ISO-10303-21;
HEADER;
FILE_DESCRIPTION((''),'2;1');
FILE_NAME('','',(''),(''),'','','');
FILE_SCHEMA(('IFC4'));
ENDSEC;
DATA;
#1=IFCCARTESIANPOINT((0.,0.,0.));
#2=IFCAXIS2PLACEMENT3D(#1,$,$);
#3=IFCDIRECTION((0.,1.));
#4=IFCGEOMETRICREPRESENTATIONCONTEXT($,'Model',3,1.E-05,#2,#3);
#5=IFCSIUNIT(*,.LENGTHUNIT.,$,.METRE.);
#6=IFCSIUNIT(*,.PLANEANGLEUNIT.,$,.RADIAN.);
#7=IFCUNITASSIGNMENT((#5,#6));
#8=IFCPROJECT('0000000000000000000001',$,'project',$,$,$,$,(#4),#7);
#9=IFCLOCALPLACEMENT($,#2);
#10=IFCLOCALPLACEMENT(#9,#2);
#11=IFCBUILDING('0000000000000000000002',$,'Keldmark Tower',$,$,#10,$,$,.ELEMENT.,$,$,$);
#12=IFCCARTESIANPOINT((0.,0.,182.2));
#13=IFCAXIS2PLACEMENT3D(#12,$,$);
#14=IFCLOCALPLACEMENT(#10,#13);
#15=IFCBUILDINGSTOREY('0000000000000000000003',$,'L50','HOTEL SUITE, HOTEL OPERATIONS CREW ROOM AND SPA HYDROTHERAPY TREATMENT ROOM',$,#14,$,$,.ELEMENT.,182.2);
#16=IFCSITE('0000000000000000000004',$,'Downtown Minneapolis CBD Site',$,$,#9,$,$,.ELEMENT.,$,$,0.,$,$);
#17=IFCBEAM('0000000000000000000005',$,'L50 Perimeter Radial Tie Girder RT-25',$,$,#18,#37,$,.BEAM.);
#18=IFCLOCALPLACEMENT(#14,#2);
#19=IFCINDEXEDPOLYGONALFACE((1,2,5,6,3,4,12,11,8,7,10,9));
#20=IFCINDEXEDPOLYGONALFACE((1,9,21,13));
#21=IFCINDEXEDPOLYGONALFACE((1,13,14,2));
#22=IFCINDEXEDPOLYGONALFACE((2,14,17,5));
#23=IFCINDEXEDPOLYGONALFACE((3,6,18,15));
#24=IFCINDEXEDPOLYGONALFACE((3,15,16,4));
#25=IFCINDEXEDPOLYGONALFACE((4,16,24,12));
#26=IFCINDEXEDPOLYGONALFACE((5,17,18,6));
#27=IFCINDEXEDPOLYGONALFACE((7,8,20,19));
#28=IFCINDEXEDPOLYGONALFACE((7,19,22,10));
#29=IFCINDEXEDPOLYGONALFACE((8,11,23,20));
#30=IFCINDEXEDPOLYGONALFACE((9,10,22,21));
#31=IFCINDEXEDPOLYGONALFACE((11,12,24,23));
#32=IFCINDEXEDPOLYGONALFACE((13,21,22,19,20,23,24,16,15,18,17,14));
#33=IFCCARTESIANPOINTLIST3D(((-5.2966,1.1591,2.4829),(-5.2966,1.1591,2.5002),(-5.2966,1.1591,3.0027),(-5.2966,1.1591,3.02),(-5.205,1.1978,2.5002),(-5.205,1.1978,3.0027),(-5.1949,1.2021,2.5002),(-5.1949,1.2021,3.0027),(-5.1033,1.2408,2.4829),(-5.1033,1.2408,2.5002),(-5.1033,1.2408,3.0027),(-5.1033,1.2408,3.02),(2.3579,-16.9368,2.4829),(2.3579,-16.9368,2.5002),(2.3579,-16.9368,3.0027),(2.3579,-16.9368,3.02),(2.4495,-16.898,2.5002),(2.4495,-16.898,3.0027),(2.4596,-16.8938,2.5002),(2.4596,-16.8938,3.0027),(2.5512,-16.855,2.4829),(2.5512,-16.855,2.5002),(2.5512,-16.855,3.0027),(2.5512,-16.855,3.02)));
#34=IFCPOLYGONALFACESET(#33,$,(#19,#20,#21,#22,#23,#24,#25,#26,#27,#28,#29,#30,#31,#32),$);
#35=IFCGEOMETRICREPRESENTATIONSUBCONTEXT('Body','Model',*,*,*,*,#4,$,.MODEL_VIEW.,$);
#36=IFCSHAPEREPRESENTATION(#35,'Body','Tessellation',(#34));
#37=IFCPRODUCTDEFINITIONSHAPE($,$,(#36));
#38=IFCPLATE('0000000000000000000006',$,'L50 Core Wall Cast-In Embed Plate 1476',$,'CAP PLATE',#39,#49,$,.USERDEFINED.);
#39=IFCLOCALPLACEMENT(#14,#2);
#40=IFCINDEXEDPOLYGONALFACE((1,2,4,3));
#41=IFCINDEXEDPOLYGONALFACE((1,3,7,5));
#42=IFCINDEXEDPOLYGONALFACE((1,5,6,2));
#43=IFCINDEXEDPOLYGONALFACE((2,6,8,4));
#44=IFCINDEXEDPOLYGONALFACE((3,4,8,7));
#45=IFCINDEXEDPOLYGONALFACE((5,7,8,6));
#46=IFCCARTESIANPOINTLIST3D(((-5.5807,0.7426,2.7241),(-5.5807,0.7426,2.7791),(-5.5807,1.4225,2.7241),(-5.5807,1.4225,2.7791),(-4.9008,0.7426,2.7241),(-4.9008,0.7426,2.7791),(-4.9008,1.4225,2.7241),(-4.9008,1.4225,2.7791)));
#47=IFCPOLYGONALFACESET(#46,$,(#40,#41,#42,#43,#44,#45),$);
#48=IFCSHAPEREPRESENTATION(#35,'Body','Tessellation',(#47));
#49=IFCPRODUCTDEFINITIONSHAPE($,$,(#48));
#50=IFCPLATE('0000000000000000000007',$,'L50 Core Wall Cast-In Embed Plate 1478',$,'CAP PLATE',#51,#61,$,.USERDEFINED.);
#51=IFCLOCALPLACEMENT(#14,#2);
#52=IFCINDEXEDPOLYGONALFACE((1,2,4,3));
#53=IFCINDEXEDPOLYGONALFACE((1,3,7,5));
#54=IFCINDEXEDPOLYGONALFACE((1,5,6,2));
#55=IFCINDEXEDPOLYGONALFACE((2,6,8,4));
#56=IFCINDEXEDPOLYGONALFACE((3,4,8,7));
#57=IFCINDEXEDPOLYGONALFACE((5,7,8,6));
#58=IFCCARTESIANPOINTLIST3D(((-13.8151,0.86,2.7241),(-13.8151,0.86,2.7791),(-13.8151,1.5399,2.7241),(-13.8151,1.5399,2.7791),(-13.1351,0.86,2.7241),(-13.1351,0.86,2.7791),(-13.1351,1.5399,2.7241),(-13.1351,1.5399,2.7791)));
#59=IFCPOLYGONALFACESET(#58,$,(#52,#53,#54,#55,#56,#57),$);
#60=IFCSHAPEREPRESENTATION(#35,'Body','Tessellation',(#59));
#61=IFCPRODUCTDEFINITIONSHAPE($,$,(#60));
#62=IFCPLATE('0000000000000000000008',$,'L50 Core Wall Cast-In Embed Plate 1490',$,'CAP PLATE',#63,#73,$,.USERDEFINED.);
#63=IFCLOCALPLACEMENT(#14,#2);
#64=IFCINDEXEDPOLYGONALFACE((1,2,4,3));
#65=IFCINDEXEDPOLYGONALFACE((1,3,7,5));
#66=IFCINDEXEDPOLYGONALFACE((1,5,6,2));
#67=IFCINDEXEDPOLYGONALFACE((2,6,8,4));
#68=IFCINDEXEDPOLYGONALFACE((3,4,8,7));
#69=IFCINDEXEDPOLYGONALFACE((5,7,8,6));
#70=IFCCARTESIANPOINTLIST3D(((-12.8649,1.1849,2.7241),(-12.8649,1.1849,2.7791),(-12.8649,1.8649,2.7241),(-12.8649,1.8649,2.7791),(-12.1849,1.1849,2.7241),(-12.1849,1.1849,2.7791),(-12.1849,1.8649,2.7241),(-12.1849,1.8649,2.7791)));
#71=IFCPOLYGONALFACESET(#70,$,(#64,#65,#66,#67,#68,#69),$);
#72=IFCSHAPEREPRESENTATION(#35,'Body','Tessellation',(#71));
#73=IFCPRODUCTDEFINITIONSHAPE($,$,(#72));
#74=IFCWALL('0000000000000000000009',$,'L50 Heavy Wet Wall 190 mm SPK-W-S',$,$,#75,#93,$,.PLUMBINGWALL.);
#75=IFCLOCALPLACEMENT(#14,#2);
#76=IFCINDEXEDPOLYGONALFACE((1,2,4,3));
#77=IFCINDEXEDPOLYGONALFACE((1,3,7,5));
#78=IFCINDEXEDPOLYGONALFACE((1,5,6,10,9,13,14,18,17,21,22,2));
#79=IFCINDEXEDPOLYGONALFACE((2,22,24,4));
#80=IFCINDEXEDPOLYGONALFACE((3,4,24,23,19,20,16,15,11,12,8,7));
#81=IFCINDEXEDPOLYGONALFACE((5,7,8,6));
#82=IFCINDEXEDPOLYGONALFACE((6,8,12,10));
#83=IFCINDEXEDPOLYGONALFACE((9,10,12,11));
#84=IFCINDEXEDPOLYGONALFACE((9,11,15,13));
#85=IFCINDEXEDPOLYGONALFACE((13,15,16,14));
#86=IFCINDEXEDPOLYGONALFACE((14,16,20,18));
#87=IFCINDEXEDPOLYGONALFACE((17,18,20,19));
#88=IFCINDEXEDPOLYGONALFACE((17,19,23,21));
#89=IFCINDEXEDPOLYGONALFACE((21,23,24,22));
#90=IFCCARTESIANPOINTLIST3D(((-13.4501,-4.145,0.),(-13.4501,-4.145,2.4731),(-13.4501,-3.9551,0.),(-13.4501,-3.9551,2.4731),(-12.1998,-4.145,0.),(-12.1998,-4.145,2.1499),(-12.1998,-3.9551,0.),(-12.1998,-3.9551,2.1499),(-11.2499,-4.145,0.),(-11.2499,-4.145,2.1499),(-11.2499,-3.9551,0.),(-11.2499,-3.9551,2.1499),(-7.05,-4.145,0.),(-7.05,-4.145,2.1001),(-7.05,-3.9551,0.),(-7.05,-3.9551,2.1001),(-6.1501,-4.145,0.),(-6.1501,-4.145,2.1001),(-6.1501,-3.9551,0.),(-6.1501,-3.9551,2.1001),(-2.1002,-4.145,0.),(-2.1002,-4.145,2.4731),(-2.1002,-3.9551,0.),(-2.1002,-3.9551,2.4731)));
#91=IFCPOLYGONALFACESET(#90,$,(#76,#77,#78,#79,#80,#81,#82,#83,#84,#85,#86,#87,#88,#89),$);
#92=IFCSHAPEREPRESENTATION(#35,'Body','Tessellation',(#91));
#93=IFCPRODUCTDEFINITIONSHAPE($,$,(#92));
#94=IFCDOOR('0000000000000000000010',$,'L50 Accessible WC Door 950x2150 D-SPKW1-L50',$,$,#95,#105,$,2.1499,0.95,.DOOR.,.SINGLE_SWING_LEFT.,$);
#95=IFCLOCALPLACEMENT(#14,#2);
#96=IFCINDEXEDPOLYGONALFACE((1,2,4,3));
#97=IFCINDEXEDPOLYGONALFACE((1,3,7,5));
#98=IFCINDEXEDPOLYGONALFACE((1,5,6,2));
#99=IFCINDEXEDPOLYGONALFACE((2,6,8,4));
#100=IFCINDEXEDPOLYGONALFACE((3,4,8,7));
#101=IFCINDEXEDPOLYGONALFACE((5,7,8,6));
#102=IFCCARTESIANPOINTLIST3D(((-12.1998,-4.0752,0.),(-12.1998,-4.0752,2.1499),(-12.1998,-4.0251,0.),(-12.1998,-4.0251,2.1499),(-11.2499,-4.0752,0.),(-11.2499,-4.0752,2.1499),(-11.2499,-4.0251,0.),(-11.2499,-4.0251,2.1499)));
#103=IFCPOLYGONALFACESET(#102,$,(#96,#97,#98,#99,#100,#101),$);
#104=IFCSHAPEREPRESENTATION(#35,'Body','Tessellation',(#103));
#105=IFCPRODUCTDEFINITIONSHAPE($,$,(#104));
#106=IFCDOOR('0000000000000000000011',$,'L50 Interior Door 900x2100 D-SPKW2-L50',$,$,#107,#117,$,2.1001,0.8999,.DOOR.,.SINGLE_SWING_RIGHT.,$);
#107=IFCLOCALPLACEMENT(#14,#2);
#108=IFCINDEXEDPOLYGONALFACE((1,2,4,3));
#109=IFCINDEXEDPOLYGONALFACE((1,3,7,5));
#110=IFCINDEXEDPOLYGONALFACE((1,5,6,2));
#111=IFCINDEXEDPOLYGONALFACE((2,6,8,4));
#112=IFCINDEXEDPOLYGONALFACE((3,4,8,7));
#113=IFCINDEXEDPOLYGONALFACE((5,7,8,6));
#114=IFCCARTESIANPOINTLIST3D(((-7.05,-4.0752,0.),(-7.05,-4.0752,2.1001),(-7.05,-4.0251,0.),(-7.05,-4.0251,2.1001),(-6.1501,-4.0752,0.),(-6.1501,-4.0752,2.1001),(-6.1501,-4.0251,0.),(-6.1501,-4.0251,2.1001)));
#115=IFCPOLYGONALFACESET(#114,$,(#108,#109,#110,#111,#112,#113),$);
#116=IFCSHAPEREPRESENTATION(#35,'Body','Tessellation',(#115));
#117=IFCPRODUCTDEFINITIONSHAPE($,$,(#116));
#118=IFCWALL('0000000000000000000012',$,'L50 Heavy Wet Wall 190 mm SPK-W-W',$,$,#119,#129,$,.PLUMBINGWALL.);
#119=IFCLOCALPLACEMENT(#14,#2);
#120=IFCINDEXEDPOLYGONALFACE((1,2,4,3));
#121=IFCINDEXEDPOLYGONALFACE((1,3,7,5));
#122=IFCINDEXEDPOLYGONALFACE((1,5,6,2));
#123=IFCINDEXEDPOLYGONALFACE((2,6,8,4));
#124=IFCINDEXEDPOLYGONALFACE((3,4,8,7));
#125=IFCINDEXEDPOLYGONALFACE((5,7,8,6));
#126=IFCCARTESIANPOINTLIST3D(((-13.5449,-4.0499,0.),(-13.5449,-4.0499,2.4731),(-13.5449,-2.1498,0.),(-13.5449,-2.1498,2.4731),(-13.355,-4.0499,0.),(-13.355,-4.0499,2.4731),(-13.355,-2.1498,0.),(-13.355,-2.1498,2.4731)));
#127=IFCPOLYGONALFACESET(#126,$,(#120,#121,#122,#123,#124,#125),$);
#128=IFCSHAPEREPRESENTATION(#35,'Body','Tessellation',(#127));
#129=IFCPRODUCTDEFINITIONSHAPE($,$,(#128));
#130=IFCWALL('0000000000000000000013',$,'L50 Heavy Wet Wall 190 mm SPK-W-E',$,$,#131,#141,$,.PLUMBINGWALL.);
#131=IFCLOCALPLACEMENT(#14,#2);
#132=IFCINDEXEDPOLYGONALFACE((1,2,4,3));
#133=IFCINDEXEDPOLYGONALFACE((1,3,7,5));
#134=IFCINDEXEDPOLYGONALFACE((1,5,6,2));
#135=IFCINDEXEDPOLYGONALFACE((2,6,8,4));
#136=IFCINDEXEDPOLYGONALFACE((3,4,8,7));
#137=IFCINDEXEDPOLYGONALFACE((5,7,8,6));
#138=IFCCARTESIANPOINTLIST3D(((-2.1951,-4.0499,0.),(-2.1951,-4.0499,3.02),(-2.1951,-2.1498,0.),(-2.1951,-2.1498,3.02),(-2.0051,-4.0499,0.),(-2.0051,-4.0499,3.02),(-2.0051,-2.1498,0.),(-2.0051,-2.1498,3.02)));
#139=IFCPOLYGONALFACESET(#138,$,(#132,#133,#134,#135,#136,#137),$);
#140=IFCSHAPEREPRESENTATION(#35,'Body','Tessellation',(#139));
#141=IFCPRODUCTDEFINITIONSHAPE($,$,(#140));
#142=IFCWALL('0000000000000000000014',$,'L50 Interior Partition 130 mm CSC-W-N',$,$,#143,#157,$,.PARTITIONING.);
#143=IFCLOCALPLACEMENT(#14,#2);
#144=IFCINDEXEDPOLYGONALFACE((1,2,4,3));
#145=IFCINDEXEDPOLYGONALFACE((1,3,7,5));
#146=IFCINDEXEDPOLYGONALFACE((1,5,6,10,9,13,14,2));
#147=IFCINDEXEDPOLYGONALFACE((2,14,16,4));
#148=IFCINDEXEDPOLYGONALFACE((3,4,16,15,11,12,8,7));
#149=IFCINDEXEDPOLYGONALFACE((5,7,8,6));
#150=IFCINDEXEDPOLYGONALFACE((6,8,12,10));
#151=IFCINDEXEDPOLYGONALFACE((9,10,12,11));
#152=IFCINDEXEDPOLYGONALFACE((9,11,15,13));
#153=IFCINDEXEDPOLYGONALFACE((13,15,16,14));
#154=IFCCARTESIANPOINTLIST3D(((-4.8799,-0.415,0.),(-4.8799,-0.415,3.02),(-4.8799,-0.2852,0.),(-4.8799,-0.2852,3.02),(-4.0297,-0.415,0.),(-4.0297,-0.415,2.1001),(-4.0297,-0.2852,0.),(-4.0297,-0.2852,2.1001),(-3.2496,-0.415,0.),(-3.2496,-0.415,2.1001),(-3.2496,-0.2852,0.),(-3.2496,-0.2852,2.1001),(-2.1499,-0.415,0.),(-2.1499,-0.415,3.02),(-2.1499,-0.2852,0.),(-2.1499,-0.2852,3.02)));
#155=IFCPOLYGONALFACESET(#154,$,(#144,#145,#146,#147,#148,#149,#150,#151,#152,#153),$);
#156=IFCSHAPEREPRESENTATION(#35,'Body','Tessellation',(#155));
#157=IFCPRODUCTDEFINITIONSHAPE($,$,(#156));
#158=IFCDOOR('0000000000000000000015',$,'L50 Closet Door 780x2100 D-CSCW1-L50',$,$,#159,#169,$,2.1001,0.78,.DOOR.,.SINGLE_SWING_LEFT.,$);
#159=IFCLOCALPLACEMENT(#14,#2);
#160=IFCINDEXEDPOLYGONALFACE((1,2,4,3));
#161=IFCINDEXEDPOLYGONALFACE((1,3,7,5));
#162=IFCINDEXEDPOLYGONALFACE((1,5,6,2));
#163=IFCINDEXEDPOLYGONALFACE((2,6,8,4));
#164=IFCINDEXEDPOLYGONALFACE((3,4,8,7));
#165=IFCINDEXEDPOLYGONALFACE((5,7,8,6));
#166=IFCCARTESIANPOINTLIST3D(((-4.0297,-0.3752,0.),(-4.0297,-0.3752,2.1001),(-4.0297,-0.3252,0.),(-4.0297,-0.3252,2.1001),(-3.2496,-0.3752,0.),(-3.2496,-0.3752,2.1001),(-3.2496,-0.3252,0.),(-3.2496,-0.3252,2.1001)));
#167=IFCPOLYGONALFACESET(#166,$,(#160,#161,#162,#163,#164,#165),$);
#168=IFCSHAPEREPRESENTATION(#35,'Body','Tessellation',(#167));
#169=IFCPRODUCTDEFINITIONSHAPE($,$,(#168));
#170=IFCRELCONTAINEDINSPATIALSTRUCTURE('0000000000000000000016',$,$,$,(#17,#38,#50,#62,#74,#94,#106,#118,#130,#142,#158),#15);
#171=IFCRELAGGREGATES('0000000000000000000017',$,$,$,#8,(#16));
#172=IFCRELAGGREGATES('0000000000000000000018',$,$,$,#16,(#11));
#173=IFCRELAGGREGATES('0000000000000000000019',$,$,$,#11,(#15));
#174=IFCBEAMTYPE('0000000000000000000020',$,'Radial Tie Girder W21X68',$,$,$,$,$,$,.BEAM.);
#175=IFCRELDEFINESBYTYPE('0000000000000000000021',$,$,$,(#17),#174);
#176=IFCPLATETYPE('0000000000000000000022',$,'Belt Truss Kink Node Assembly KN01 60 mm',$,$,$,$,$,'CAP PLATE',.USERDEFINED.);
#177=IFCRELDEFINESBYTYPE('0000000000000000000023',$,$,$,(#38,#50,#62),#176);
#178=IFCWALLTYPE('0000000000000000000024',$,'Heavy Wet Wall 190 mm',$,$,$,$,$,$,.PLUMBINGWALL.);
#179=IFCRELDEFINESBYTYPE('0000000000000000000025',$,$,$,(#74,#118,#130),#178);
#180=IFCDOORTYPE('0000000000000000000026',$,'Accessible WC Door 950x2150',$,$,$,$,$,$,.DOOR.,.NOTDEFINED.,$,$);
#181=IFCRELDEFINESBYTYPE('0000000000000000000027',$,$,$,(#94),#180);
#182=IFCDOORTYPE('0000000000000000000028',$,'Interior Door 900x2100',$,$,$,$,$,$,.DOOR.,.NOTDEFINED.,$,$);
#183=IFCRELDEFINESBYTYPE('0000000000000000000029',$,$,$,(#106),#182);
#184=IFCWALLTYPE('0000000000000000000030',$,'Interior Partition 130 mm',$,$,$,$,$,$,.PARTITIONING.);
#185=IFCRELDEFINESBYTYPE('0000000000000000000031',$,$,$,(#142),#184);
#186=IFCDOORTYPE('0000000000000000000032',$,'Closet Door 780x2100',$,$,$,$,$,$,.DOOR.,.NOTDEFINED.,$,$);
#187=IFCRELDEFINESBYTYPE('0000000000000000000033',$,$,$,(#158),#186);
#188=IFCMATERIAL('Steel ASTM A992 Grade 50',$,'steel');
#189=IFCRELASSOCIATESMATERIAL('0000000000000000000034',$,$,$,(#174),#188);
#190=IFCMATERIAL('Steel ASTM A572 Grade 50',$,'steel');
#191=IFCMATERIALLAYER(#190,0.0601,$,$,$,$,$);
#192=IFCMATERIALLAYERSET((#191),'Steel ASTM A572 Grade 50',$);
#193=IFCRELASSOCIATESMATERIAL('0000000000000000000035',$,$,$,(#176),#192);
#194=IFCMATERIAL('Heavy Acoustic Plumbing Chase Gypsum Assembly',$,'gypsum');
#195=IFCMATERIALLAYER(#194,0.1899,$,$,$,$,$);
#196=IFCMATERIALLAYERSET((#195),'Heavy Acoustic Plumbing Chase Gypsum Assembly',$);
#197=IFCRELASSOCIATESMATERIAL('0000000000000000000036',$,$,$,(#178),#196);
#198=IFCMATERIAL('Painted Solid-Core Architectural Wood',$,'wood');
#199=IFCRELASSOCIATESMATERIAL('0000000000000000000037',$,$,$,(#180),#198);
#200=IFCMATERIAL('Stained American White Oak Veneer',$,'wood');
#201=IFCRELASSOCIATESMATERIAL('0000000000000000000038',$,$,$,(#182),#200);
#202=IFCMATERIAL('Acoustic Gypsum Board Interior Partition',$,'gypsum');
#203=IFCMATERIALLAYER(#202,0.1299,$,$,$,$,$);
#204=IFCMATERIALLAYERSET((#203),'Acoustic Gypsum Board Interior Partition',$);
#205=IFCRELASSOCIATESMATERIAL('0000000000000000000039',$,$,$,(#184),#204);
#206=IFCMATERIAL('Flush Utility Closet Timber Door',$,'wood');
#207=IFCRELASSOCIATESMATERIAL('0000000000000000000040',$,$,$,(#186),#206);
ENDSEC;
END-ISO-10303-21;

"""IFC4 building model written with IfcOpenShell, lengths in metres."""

from ifc_helpers import new_model, si_unit, direction, frame, frame_2d, origin, origin_2d, place, context, subcontext, project, spatial, rectangle, i_section, extrude, material, layer, layer_set, material_profile, profile_set, type_object, element, fill, save


model = new_model("IFC4")

# Units and contexts
model_context = context("Model", 3, precision=1e-05, world=origin(), true_north=direction((0.0, 1.0)))
body_context = subcontext(model_context, "Body", "Model", "MODEL_VIEW")
ifc_project = project(units=[si_unit("LENGTHUNIT", "METRE"), si_unit("PLANEANGLEUNIT", "RADIAN")], contexts=[model_context])

# Site, building, storey
site_placement = place(None, origin())
site = spatial("IfcSite", under=ifc_project, at=site_placement, Name="Downtown Minneapolis CBD Site", CompositionType="ELEMENT", RefElevation=0.0)
building_placement = place(site_placement, origin())
building = spatial("IfcBuilding", under=site, at=building_placement, Name="Keldmark Tower", CompositionType="ELEMENT")
storey_placement = place(building_placement, frame((0.0, 0.0, 182.2)))
storey = spatial("IfcBuildingStorey", under=building, at=storey_placement, Name="L50", Description="HOTEL SUITE, HOTEL OPERATIONS CREW ROOM AND SPA HYDROTHERAPY TREATMENT ROOM", CompositionType="ELEMENT", Elevation=182.2)

# Beam
ifc_material_1 = material(Name="Steel ASTM A992 Grade 50", Category="steel")
ifc_material_profile_1 = material_profile(ifc_material_1, i_section(OverallWidth=0.21, OverallDepth=0.5371, WebThickness=0.011, FlangeThickness=0.0173, at=origin_2d()), Name="W21X68")
ifc_profile_set_1 = profile_set([ifc_material_profile_1], Name="Steel ASTM A992 Grade 50")
beam_type_1 = type_object("IfcBeamType", Name="Radial Tie Girder W21X68", PredefinedType="BEAM", material=ifc_profile_set_1)
beam_1_placement = place(storey_placement, frame((-5.2, 1.2, 2.7515), z_axis=(0.389578, -0.920993, 0.0), x_axis=(0.920993, 0.389578, 0.0)))
element("IfcBeam", 1, at=beam_1_placement, inside=storey, type_object=beam_type_1, Name="L50 Perimeter Radial Tie Girder RT-25", PredefinedType="BEAM", context=body_context, shape_type="SweptSolid", body=[
    extrude(i_section(OverallWidth=0.21, OverallDepth=0.5371, WebThickness=0.011, FlangeThickness=0.0173, at=origin_2d()), origin(), (0.0, 0.0, 1.0), 19.6482),
])

# Plates
ifc_material_2 = material(Name="Steel ASTM A572 Grade 50", Category="steel")
ifc_layer_1 = layer(ifc_material_2, 0.0601)
ifc_layer_set_1 = layer_set([ifc_layer_1], Name="Steel ASTM A572 Grade 50")
plate_type = type_object("IfcPlateType", Name="Belt Truss Kink Node Assembly KN01 60 mm", ElementType="CAP PLATE", PredefinedType="USERDEFINED", material=ifc_layer_set_1)
for number, where, z_axis, x_axis, name in (
    (2, (-5.2407, 1.0825, 2.7241), (0.0, 0.0, 1.0), (1.0, 0.0, 0.0), "L50 Core Wall Cast-In Embed Plate 1476"),
    (3, (-13.4751, 1.2, 2.7241), (0.0, 0.0, 1.0), (1.0, 0.0, 0.0), "L50 Core Wall Cast-In Embed Plate 1478"),
    (4, (-12.5249, 1.5249, 2.7241), (0.0, 0.0, 1.0), (1.0, 0.0, 0.0), "L50 Core Wall Cast-In Embed Plate 1490"),
):
    element("IfcPlate", number, at=place(storey_placement, frame(where, z_axis=z_axis, x_axis=x_axis)), inside=storey, type_object=plate_type, Name=name, ObjectType="CAP PLATE", PredefinedType="USERDEFINED", context=body_context, shape_type="SweptSolid", body=[
        extrude(rectangle(XDim=0.6799, YDim=0.6799, at=origin_2d()), origin(), (0.0, 0.0, 1.0), 0.0549),
    ])

# Wall, openings, doors
ifc_material_3 = material(Name="Heavy Acoustic Plumbing Chase Gypsum Assembly", Category="gypsum")
ifc_layer_2 = layer(ifc_material_3, 0.1899)
ifc_layer_set_2 = layer_set([ifc_layer_2], Name="Heavy Acoustic Plumbing Chase Gypsum Assembly")
wall_type_1 = type_object("IfcWallType", Name="Heavy Wet Wall 190 mm", PredefinedType="PLUMBINGWALL", material=ifc_layer_set_2)
wall_1_placement = place(storey_placement, frame((-13.45, -4.05, 0.0), z_axis=(0.0, 0.0, 1.0), x_axis=(1.0, 0.0, 0.0)))
wall_1 = element("IfcWall", 5, at=wall_1_placement, inside=storey, type_object=wall_type_1, Name="L50 Heavy Wet Wall 190 mm SPK-W-S", PredefinedType="PLUMBINGWALL", context=body_context, shape_type="SweptSolid", body=[
    extrude(rectangle(XDim=11.3499, YDim=0.1899, at=frame_2d((5.6748, 0.0))), origin(), (0.0, 0.0, 1.0), 2.4731),
])
opening_1_placement = place(wall_1_placement, frame((1.25, 0.0, 0.0)))
opening_1 = element("IfcOpeningElement", 6, at=opening_1_placement, cuts=wall_1, PredefinedType="OPENING", context=body_context, shape_type="SweptSolid", body=[
    extrude(rectangle(XDim=0.95, YDim=2.1499, at=frame_2d((0.4751, 1.075))), frame((0.0, 0.105, 0.0), z_axis=(0.0, -1.0, 0.0), x_axis=(1.0, 0.0, 0.0)), (0.0, 0.0, 1.0), 0.21),
])
opening_2_placement = place(wall_1_placement, frame((6.3999, 0.0, 0.0)))
opening_2 = element("IfcOpeningElement", 7, at=opening_2_placement, cuts=wall_1, PredefinedType="OPENING", context=body_context, shape_type="SweptSolid", body=[
    extrude(rectangle(XDim=0.8999, YDim=2.1001, at=frame_2d((0.45, 1.05))), frame((0.0, 0.105, 0.0), z_axis=(0.0, -1.0, 0.0), x_axis=(1.0, 0.0, 0.0)), (0.0, 0.0, 1.0), 0.21),
])
ifc_material_4 = material(Name="Painted Solid-Core Architectural Wood", Category="wood")
door_type_1 = type_object("IfcDoorType", Name="Accessible WC Door 950x2150", OperationType="NOTDEFINED", PredefinedType="DOOR", material=ifc_material_4)
door_1_placement = place(opening_1_placement, origin())
door_1 = element("IfcDoor", 8, at=door_1_placement, inside=storey, type_object=door_type_1, Name="L50 Accessible WC Door 950x2150 D-SPKW1-L50", OperationType="SINGLE_SWING_LEFT", OverallHeight=2.1499, OverallWidth=0.95, PredefinedType="DOOR", context=body_context, shape_type="SweptSolid", body=[
    extrude(rectangle(XDim=0.95, YDim=2.1499, at=frame_2d((0.4751, 1.075))), frame((0.0, 0.0249, 0.0), z_axis=(0.0, -1.0, 0.0), x_axis=(1.0, 0.0, 0.0)), (0.0, 0.0, 1.0), 0.05),
])
fill(opening_1, door_1)
ifc_material_5 = material(Name="Stained American White Oak Veneer", Category="wood")
door_type_2 = type_object("IfcDoorType", Name="Interior Door 900x2100", OperationType="NOTDEFINED", PredefinedType="DOOR", material=ifc_material_5)
door_2_placement = place(opening_2_placement, origin())
door_2 = element("IfcDoor", 9, at=door_2_placement, inside=storey, type_object=door_type_2, Name="L50 Interior Door 900x2100 D-SPKW2-L50", OperationType="SINGLE_SWING_RIGHT", OverallHeight=2.1001, OverallWidth=0.8999, PredefinedType="DOOR", context=body_context, shape_type="SweptSolid", body=[
    extrude(rectangle(XDim=0.8999, YDim=2.1001, at=frame_2d((0.45, 1.05))), frame((0.0, 0.0249, 0.0), z_axis=(0.0, -1.0, 0.0), x_axis=(1.0, 0.0, 0.0)), (0.0, 0.0, 1.0), 0.05),
])
fill(opening_2, door_2)

# Walls
wall_2_placement = place(storey_placement, frame((-13.45, -4.05, 0.0), z_axis=(0.0, 0.0, 1.0), x_axis=(0.0, 1.0, 0.0)))
element("IfcWall", 10, at=wall_2_placement, inside=storey, type_object=wall_type_1, Name="L50 Heavy Wet Wall 190 mm SPK-W-W", PredefinedType="PLUMBINGWALL", context=body_context, shape_type="SweptSolid", body=[
    extrude(rectangle(XDim=1.9001, YDim=0.1899, at=frame_2d((0.9502, 0.0))), origin(), (0.0, 0.0, 1.0), 2.4731),
])
wall_3_placement = place(storey_placement, frame((-2.1001, -4.05, 0.0), z_axis=(0.0, 0.0, 1.0), x_axis=(0.0, 1.0, 0.0)))
element("IfcWall", 11, at=wall_3_placement, inside=storey, type_object=wall_type_1, Name="L50 Heavy Wet Wall 190 mm SPK-W-E", PredefinedType="PLUMBINGWALL", context=body_context, shape_type="SweptSolid", body=[
    extrude(rectangle(XDim=1.9001, YDim=0.1899, at=frame_2d((0.9502, 0.0))), origin(), (0.0, 0.0, 1.0), 3.02),
])

# Wall, opening, door
ifc_material_6 = material(Name="Acoustic Gypsum Board Interior Partition", Category="gypsum")
ifc_layer_3 = layer(ifc_material_6, 0.1299)
ifc_layer_set_3 = layer_set([ifc_layer_3], Name="Acoustic Gypsum Board Interior Partition")
wall_type_2 = type_object("IfcWallType", Name="Interior Partition 130 mm", PredefinedType="PARTITIONING", material=ifc_layer_set_3)
wall_4_placement = place(storey_placement, frame((-4.8799, -0.3501, 0.0), z_axis=(0.0, 0.0, 1.0), x_axis=(1.0, 0.0, 0.0)))
wall_4 = element("IfcWall", 12, at=wall_4_placement, inside=storey, type_object=wall_type_2, Name="L50 Interior Partition 130 mm CSC-W-N", PredefinedType="PARTITIONING", context=body_context, shape_type="SweptSolid", body=[
    extrude(rectangle(XDim=2.73, YDim=0.1299, at=frame_2d((1.365, 0.0))), origin(), (0.0, 0.0, 1.0), 3.02),
])
opening_3_placement = place(wall_4_placement, frame((0.8501, 0.0, 0.0)))
opening_3 = element("IfcOpeningElement", 13, at=opening_3_placement, cuts=wall_4, PredefinedType="OPENING", context=body_context, shape_type="SweptSolid", body=[
    extrude(rectangle(XDim=0.78, YDim=2.1001, at=frame_2d((0.3901, 1.05))), frame((0.0, 0.075, 0.0), z_axis=(0.0, -1.0, 0.0), x_axis=(1.0, 0.0, 0.0)), (0.0, 0.0, 1.0), 0.1499),
])
ifc_material_7 = material(Name="Flush Utility Closet Timber Door", Category="wood")
door_type_3 = type_object("IfcDoorType", Name="Closet Door 780x2100", OperationType="NOTDEFINED", PredefinedType="DOOR", material=ifc_material_7)
door_3_placement = place(opening_3_placement, origin())
door_3 = element("IfcDoor", 14, at=door_3_placement, inside=storey, type_object=door_type_3, Name="L50 Closet Door 780x2100 D-CSCW1-L50", OperationType="SINGLE_SWING_LEFT", OverallHeight=2.1001, OverallWidth=0.78, PredefinedType="DOOR", context=body_context, shape_type="SweptSolid", body=[
    extrude(rectangle(XDim=0.78, YDim=2.1001, at=frame_2d((0.3901, 1.05))), frame((0.0, 0.0249, 0.0), z_axis=(0.0, -1.0, 0.0), x_axis=(1.0, 0.0, 0.0)), (0.0, 0.0, 1.0), 0.05),
])
fill(opening_3, door_3)

save(model, "model.ifc")
